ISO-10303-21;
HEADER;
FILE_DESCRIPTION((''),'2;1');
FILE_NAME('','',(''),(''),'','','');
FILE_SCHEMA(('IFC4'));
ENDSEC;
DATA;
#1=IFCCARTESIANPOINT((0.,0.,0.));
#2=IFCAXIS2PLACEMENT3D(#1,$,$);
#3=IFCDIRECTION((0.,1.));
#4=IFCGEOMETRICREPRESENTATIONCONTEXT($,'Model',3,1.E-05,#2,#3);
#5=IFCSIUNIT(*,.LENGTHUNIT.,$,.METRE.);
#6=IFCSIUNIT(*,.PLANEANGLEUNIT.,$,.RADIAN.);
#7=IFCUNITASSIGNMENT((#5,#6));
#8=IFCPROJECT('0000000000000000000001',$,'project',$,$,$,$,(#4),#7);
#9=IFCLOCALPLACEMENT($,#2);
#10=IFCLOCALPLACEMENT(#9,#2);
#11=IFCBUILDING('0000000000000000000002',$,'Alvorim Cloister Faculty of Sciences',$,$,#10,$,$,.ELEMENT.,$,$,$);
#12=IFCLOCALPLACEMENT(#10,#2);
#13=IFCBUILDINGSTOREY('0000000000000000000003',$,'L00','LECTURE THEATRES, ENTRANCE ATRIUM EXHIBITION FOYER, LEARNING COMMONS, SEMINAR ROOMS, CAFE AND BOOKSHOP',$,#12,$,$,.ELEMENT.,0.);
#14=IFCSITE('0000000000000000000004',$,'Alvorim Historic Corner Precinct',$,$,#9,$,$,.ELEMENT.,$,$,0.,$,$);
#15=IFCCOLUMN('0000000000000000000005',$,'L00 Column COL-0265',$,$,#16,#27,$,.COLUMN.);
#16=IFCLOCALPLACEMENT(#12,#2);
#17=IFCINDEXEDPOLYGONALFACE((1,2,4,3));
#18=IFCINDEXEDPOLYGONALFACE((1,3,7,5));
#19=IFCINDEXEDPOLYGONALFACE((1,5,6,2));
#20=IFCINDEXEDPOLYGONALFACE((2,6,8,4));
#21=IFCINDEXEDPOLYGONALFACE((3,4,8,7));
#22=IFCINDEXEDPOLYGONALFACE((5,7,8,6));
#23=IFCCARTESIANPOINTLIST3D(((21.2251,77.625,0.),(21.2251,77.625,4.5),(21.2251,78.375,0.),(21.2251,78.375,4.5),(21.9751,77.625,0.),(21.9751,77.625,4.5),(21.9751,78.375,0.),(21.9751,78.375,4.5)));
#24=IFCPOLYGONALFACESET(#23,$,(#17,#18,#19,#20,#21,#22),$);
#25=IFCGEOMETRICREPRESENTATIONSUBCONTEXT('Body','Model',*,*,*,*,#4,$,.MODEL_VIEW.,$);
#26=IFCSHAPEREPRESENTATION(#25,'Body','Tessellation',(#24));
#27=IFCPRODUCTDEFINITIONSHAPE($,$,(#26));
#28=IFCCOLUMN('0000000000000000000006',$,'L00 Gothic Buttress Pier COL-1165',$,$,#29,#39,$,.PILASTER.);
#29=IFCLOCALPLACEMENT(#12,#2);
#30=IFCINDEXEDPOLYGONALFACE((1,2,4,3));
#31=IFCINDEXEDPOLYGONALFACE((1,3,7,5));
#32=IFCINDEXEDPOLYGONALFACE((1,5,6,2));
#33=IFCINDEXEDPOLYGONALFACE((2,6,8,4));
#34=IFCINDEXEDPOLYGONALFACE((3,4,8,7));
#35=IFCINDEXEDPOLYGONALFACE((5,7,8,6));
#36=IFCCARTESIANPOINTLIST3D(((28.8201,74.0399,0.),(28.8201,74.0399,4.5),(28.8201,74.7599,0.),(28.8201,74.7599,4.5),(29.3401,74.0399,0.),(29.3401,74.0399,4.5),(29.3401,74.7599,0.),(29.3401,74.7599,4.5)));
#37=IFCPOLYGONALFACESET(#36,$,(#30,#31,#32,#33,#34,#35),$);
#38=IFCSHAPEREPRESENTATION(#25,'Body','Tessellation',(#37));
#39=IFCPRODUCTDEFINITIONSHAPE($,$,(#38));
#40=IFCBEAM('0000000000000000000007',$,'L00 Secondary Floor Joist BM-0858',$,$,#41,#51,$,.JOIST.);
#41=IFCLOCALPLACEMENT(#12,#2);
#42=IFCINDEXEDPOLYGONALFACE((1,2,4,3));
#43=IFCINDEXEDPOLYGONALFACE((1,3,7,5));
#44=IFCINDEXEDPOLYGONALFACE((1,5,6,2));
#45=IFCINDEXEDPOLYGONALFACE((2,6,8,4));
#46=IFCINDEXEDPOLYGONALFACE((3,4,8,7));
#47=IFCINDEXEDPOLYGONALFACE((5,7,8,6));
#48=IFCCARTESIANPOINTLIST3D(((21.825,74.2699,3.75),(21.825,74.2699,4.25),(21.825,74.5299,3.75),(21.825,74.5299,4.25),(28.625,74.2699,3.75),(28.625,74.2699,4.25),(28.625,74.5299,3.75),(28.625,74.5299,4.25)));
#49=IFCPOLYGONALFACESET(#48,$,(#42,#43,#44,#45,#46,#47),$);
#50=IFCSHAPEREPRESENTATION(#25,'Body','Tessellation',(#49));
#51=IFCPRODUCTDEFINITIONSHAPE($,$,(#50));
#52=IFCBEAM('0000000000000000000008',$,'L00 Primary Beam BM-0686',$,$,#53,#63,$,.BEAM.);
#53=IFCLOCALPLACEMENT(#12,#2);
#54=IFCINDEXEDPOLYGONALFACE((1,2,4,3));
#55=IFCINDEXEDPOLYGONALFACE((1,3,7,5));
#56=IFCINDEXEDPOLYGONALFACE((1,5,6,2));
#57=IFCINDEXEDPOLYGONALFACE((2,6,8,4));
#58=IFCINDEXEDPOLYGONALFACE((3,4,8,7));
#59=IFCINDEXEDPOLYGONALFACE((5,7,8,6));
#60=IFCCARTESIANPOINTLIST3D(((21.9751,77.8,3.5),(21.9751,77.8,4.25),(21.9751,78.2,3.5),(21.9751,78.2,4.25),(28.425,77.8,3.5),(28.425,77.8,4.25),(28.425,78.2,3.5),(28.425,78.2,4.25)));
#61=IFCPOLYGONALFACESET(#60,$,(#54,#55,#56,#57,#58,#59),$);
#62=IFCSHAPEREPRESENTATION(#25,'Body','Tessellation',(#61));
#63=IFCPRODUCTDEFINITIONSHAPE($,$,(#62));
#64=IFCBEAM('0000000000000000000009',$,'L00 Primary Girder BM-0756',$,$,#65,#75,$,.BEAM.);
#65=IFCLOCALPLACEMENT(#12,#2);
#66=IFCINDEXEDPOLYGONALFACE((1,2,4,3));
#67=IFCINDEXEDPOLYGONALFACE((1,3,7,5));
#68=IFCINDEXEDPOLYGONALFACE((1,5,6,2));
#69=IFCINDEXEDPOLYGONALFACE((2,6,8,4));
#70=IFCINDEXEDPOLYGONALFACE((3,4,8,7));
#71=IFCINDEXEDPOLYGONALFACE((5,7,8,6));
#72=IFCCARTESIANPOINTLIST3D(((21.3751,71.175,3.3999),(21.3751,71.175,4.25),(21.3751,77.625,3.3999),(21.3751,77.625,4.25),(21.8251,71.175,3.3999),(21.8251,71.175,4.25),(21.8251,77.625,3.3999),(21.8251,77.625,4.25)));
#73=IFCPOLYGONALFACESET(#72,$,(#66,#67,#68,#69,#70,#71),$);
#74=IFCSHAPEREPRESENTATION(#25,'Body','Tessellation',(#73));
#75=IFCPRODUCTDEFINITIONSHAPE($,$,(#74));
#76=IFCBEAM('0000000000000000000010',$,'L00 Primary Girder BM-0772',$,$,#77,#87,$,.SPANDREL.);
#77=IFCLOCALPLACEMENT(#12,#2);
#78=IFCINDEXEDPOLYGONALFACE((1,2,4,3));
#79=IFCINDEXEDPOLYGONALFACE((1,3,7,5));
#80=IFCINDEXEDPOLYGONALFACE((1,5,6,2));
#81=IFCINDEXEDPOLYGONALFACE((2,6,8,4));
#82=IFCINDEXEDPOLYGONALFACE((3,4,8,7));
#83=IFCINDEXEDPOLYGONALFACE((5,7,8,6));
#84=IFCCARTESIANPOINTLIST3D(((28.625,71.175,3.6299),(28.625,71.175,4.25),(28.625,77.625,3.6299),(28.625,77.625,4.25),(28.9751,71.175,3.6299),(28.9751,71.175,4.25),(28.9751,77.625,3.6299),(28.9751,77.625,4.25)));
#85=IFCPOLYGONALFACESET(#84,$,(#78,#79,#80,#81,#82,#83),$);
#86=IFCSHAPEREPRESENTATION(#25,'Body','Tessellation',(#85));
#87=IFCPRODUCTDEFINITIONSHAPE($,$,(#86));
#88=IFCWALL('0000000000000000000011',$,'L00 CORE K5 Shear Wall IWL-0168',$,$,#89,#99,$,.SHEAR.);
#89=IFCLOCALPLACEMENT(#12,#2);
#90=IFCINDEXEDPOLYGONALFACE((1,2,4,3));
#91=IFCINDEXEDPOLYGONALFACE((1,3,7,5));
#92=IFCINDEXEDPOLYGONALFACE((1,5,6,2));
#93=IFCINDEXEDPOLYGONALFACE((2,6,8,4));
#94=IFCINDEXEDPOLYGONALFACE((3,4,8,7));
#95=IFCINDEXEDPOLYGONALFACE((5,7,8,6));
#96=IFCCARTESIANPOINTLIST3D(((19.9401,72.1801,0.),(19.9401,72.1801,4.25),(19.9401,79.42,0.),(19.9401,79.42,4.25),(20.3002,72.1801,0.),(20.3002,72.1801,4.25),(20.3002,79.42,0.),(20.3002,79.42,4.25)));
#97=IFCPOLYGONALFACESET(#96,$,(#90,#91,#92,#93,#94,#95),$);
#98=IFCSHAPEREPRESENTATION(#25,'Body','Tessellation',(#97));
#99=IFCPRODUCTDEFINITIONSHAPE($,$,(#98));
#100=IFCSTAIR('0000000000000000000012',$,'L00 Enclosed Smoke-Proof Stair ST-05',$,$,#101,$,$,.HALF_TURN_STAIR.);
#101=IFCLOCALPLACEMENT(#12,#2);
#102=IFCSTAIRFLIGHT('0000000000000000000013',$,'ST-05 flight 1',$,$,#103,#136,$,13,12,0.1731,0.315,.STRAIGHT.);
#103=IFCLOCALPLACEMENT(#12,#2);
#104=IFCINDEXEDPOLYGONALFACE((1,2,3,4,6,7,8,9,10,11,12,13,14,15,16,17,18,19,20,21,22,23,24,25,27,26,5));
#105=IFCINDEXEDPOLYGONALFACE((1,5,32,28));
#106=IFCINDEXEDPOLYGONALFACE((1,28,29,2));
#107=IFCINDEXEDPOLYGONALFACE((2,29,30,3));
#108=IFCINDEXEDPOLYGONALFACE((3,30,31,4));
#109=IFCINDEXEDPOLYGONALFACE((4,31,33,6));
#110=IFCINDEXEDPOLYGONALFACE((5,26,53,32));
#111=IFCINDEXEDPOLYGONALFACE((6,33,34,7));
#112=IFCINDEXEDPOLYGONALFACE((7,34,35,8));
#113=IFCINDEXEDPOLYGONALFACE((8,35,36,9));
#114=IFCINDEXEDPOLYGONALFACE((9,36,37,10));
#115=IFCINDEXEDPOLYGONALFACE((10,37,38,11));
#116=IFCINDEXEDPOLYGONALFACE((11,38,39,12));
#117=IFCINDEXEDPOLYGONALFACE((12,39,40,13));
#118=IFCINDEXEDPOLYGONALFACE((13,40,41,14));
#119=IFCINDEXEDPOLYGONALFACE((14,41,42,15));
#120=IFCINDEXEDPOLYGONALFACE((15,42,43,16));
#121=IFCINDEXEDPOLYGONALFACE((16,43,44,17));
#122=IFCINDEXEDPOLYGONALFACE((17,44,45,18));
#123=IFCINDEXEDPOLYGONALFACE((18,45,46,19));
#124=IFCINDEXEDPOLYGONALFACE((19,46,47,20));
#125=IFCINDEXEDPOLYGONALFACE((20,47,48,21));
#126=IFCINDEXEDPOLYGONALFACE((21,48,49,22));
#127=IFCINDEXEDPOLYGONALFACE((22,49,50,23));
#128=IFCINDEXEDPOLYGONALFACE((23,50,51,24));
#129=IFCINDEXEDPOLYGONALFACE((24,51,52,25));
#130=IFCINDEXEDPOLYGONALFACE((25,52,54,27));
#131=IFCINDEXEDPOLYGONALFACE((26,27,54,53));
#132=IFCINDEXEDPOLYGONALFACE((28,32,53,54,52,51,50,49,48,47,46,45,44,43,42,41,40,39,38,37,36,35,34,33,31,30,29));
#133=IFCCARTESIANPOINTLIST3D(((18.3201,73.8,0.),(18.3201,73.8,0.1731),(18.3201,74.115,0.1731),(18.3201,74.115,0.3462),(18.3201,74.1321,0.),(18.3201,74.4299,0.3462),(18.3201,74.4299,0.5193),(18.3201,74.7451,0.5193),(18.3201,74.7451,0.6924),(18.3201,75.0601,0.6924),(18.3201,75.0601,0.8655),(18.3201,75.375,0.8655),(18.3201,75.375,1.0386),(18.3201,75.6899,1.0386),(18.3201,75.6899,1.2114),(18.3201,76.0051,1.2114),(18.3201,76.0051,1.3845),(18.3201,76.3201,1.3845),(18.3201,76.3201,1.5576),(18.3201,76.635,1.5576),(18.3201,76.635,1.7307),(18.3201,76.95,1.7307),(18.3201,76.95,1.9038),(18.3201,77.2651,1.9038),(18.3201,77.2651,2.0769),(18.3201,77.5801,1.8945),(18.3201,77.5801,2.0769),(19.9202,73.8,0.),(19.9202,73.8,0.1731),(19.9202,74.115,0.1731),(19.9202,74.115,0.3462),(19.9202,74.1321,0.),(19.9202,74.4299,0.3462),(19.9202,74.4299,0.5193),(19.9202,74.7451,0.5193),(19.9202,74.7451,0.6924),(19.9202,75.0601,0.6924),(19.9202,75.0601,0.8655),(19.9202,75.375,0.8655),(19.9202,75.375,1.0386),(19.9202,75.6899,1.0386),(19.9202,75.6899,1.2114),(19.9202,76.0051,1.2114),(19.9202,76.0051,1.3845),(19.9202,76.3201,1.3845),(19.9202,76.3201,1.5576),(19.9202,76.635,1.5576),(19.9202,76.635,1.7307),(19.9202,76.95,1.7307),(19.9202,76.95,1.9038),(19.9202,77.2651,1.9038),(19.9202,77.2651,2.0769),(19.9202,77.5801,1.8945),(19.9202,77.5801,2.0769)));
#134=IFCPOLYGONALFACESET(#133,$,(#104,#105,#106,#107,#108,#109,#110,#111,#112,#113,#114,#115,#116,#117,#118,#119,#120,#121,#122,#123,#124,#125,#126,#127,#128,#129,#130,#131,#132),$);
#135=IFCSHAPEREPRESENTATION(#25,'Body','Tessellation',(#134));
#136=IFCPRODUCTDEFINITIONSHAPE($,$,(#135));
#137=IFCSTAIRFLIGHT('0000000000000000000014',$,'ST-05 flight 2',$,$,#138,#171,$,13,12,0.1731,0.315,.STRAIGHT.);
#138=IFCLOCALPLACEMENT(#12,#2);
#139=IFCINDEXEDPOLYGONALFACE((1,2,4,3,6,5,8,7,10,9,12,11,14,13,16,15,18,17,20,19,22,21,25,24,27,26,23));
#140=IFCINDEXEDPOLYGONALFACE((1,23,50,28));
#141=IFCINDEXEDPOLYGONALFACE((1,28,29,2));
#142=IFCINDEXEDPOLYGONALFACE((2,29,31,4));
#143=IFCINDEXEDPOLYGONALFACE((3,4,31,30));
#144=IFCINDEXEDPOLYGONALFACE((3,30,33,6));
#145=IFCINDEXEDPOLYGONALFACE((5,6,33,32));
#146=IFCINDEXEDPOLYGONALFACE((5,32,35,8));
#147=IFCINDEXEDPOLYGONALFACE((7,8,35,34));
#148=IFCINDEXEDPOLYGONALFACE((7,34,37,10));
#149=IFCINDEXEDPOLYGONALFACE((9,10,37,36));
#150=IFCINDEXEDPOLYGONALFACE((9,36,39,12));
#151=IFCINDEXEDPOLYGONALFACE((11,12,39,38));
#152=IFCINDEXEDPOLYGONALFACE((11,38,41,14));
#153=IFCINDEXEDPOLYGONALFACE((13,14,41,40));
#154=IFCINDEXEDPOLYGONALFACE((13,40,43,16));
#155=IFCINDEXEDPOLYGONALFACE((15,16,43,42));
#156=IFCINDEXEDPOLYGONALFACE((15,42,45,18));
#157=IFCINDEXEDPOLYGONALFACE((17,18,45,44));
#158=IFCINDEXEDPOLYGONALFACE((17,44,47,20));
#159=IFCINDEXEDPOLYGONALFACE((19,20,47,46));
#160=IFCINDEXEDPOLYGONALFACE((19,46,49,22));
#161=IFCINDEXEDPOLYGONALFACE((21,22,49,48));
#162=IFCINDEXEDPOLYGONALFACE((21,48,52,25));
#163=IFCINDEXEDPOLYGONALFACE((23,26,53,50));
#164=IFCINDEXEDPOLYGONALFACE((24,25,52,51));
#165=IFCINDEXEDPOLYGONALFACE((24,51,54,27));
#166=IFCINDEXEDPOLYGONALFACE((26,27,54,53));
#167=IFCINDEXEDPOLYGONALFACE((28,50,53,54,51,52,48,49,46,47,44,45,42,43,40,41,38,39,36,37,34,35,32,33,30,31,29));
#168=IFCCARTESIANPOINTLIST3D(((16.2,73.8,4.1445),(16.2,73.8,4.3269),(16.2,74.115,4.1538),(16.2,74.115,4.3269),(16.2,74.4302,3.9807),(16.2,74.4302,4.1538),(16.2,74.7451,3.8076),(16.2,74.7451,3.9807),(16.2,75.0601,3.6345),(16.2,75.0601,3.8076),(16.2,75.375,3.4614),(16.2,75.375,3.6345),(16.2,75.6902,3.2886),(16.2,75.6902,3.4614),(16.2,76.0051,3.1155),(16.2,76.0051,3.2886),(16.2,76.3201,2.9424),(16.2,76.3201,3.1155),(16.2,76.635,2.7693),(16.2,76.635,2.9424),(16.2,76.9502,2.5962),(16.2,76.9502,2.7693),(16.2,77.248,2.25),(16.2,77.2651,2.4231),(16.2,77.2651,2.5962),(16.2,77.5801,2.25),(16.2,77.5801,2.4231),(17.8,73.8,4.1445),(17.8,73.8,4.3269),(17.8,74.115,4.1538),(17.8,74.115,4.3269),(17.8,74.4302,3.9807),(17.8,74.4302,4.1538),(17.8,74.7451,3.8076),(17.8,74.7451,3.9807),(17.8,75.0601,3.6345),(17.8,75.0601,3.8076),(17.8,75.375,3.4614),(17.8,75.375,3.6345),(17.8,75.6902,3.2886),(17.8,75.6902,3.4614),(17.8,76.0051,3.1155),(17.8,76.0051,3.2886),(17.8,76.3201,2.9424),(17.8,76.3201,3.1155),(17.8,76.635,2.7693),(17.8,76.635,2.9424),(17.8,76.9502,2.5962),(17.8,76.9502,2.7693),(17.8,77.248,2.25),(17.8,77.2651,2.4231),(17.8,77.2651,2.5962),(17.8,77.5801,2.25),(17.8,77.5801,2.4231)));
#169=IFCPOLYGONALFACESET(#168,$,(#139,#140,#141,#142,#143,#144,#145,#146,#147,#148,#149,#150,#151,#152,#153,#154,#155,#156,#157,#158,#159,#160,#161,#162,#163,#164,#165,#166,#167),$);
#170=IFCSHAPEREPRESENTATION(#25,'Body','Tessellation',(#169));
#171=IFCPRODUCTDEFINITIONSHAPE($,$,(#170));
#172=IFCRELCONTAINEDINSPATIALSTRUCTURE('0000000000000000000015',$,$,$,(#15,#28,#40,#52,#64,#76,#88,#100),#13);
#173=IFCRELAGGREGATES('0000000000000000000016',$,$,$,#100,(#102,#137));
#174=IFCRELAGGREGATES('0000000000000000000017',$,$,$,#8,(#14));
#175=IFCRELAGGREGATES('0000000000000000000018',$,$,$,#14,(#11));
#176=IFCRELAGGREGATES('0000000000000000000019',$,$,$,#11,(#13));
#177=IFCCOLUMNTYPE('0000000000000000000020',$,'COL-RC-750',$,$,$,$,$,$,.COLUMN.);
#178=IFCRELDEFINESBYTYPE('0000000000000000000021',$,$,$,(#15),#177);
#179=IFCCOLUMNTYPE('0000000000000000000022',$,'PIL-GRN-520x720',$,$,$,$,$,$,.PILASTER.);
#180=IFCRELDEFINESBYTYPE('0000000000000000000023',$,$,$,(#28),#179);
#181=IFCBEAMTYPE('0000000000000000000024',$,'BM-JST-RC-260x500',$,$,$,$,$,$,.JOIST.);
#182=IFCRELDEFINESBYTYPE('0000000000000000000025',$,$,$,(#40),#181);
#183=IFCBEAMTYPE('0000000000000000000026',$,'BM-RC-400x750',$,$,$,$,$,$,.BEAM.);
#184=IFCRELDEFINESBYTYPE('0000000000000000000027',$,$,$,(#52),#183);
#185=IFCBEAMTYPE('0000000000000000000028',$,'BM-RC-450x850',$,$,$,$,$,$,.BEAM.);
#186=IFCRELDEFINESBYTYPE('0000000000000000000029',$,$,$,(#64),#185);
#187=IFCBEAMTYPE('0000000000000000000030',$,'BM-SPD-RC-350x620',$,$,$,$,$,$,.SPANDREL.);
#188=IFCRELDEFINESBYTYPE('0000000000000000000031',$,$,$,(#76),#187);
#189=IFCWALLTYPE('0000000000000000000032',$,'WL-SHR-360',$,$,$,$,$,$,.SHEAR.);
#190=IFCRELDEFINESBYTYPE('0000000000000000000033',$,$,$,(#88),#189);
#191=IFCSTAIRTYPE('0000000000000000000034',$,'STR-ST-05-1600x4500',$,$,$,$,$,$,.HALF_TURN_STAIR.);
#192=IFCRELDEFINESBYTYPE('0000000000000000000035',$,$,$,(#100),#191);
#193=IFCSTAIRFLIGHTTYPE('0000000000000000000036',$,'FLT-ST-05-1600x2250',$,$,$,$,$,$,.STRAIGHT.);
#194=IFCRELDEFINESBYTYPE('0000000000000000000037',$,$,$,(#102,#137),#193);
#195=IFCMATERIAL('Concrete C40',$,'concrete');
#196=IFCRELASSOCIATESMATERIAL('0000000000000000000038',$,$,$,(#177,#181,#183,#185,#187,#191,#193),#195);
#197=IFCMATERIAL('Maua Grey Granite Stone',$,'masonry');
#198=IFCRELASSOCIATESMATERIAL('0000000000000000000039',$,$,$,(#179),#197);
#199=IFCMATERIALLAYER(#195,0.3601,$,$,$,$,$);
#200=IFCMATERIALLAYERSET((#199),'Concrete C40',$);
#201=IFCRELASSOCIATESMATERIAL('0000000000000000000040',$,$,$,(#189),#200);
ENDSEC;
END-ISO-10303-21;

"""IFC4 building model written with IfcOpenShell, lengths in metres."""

from ifc_helpers import new_model, si_unit, direction, frame, frame_2d, origin, origin_2d, place, context, subcontext, project, spatial, polyline, rectangle, outline, extrude, material, layer, layer_set, material_profile, profile_set, type_object, element, aggregate, save


model = new_model("IFC4")

# Units and contexts
model_context = context("Model", 3, precision=1e-05, world=origin(), true_north=direction((0.0, 1.0)))
body_context = subcontext(model_context, "Body", "Model", "MODEL_VIEW")
ifc_project = project(units=[si_unit("LENGTHUNIT", "METRE"), si_unit("PLANEANGLEUNIT", "RADIAN")], contexts=[model_context])

# Site, building, storey
site_placement = place(None, origin())
site = spatial("IfcSite", under=ifc_project, at=site_placement, Name="Alvorim Historic Corner Precinct", CompositionType="ELEMENT", RefElevation=0.0)
building_placement = place(site_placement, origin())
building = spatial("IfcBuilding", under=site, at=building_placement, Name="Alvorim Cloister Faculty of Sciences", CompositionType="ELEMENT")
storey_placement = place(building_placement, origin())
storey = spatial("IfcBuildingStorey", under=building, at=storey_placement, Name="L00", Description="LECTURE THEATRES, ENTRANCE ATRIUM EXHIBITION FOYER, LEARNING COMMONS, SEMINAR ROOMS, CAFE AND BOOKSHOP", CompositionType="ELEMENT", Elevation=0.0)

# Columns
ifc_material_1 = material(Name="Concrete C40", Category="concrete")
ifc_material_profile_1 = material_profile(ifc_material_1, rectangle(XDim=0.75, YDim=0.75, at=origin_2d()), Name="RC40-COL-750x750")
ifc_profile_set_1 = profile_set([ifc_material_profile_1], Name="Concrete C40")
column_type_1 = type_object("IfcColumnType", Name="COL-RC-750", PredefinedType="COLUMN", material=ifc_profile_set_1)
column_1_placement = place(storey_placement, frame((21.6001, 78.0, 0.0), z_axis=(0.0, 0.0, 1.0), x_axis=(1.0, 0.0, 0.0)))
element("IfcColumn", 1, at=column_1_placement, inside=storey, type_object=column_type_1, Name="L00 Column COL-0265", PredefinedType="COLUMN", context=body_context, shape_type="SweptSolid", body=[
    extrude(rectangle(XDim=0.75, YDim=0.75, at=origin_2d()), origin(), (0.0, 0.0, 1.0), 4.5),
])
ifc_material_2 = material(Name="Maua Grey Granite Stone", Category="masonry")
ifc_material_profile_2 = material_profile(ifc_material_2, rectangle(XDim=0.52, YDim=0.72, at=origin_2d()), Name="GRN-PIER-520x720")
ifc_profile_set_2 = profile_set([ifc_material_profile_2], Name="Maua Grey Granite Stone")
column_type_2 = type_object("IfcColumnType", Name="PIL-GRN-520x720", PredefinedType="PILASTER", material=ifc_profile_set_2)
column_2_placement = place(storey_placement, frame((29.0801, 74.3999, 0.0), z_axis=(0.0, 0.0, 1.0), x_axis=(1.0, 0.0, 0.0)))
element("IfcColumn", 2, at=column_2_placement, inside=storey, type_object=column_type_2, Name="L00 Gothic Buttress Pier COL-1165", PredefinedType="PILASTER", context=body_context, shape_type="SweptSolid", body=[
    extrude(rectangle(XDim=0.52, YDim=0.72, at=origin_2d()), origin(), (0.0, 0.0, 1.0), 4.5),
])

# Beams
ifc_material_profile_3 = material_profile(ifc_material_1, rectangle(XDim=0.26, YDim=0.5, at=origin_2d()), Name="RC40-JST-260x500")
ifc_profile_set_3 = profile_set([ifc_material_profile_3], Name="Concrete C40")
beam_type_1 = type_object("IfcBeamType", Name="BM-JST-RC-260x500", PredefinedType="JOIST", material=ifc_profile_set_3)
beam_1_placement = place(storey_placement, frame((21.825, 74.3999, 4.0), z_axis=(1.0, 0.0, 0.0), x_axis=(0.0, 1.0, 0.0)))
element("IfcBeam", 3, at=beam_1_placement, inside=storey, type_object=beam_type_1, Name="L00 Secondary Floor Joist BM-0858", PredefinedType="JOIST", context=body_context, shape_type="SweptSolid", body=[
    extrude(rectangle(XDim=0.26, YDim=0.5, at=origin_2d()), origin(), (0.0, 0.0, 1.0), 6.8),
])
ifc_material_profile_4 = material_profile(ifc_material_1, rectangle(XDim=0.3999, YDim=0.75, at=origin_2d()), Name="RC40-BM-400x750")
ifc_profile_set_4 = profile_set([ifc_material_profile_4], Name="Concrete C40")
beam_type_2 = type_object("IfcBeamType", Name="BM-RC-400x750", PredefinedType="BEAM", material=ifc_profile_set_4)
beam_2_placement = place(storey_placement, frame((21.9751, 78.0, 3.875), z_axis=(1.0, 0.0, 0.0), x_axis=(0.0, 1.0, 0.0)))
element("IfcBeam", 4, at=beam_2_placement, inside=storey, type_object=beam_type_2, Name="L00 Primary Beam BM-0686", PredefinedType="BEAM", context=body_context, shape_type="SweptSolid", body=[
    extrude(rectangle(XDim=0.3999, YDim=0.75, at=origin_2d()), origin(), (0.0, 0.0, 1.0), 6.45),
])
ifc_material_profile_5 = material_profile(ifc_material_1, rectangle(XDim=0.45, YDim=0.8501, at=origin_2d()), Name="RC40-BM-450x850")
ifc_profile_set_5 = profile_set([ifc_material_profile_5], Name="Concrete C40")
beam_type_3 = type_object("IfcBeamType", Name="BM-RC-450x850", PredefinedType="BEAM", material=ifc_profile_set_5)
beam_3_placement = place(storey_placement, frame((21.6001, 71.175, 3.825), z_axis=(0.0, 1.0, 0.0), x_axis=(-1.0, 0.0, 0.0)))
element("IfcBeam", 5, at=beam_3_placement, inside=storey, type_object=beam_type_3, Name="L00 Primary Girder BM-0756", PredefinedType="BEAM", context=body_context, shape_type="SweptSolid", body=[
    extrude(rectangle(XDim=0.45, YDim=0.8501, at=origin_2d()), origin(), (0.0, 0.0, 1.0), 6.45),
])
ifc_material_profile_6 = material_profile(ifc_material_1, rectangle(XDim=0.3501, YDim=0.6201, at=origin_2d()), Name="RC40-SPD-350x620")
ifc_profile_set_6 = profile_set([ifc_material_profile_6], Name="Concrete C40")
beam_type_4 = type_object("IfcBeamType", Name="BM-SPD-RC-350x620", PredefinedType="SPANDREL", material=ifc_profile_set_6)
beam_4_placement = place(storey_placement, frame((28.8, 71.175, 3.9399), z_axis=(0.0, 1.0, 0.0), x_axis=(-1.0, 0.0, 0.0)))
element("IfcBeam", 6, at=beam_4_placement, inside=storey, type_object=beam_type_4, Name="L00 Primary Girder BM-0772", PredefinedType="SPANDREL", context=body_context, shape_type="SweptSolid", body=[
    extrude(rectangle(XDim=0.3501, YDim=0.6201, at=origin_2d()), origin(), (0.0, 0.0, 1.0), 6.45),
])

# Wall
ifc_layer_1 = layer(ifc_material_1, 0.3601)
ifc_layer_set_1 = layer_set([ifc_layer_1], Name="Concrete C40")
wall_type = type_object("IfcWallType", Name="WL-SHR-360", PredefinedType="SHEAR", material=ifc_layer_set_1)
wall_placement = place(storey_placement, frame((20.1201, 72.1799, 0.0), z_axis=(0.0, 0.0, 1.0), x_axis=(0.0, 1.0, 0.0)))
element("IfcWall", 7, at=wall_placement, inside=storey, type_object=wall_type, Name="L00 CORE K5 Shear Wall IWL-0168", PredefinedType="SHEAR", context=body_context, shape_type="SweptSolid", body=[
    extrude(rectangle(XDim=7.24, YDim=0.3601, at=frame_2d((3.6201, 0.0))), origin(), (0.0, 0.0, 1.0), 4.25),
])

# Stair, stair flights
stair_type = type_object("IfcStairType", Name="STR-ST-05-1600x4500", PredefinedType="HALF_TURN_STAIR", material=ifc_material_1)
stair_placement = place(storey_placement, origin())
stair = element("IfcStair", 8, at=stair_placement, inside=storey, type_object=stair_type, Name="L00 Enclosed Smoke-Proof Stair ST-05", PredefinedType="HALF_TURN_STAIR")
stair_flight_type = type_object("IfcStairFlightType", Name="FLT-ST-05-1600x2250", PredefinedType="STRAIGHT", material=ifc_material_1)
stair_flight_1_placement = place(storey_placement, frame((19.1201, 73.8, 0.0), z_axis=(0.0, 0.0, 1.0), x_axis=(0.0, 1.0, 0.0)))
stair_flight_1 = element("IfcStairFlight", 9, at=stair_flight_1_placement, type_object=stair_flight_type, Name="ST-05 flight 1", NumberOfRisers=13, NumberOfTreads=12, PredefinedType="STRAIGHT", RiserHeight=0.1731, TreadLength=0.315, context=body_context, shape_type="SweptSolid", body=[
    extrude(outline(polyline([(0.332, 0.0), (3.78, 1.8945), (3.78, 2.25), (3.78, 2.0769), (3.4651, 2.0769), (3.4651, 1.9038), (3.1499, 1.9038), (3.1499, 1.7307), (2.835, 1.7307), (2.835, 1.5576), (2.52, 1.5576), (2.52, 1.3845), (2.2051, 1.3845), (2.2051, 1.2114), (1.8899, 1.2114), (1.8899, 1.0386), (1.575, 1.0386), (1.575, 0.8655), (1.26, 0.8655), (1.26, 0.6924), (0.9451, 0.6924), (0.9451, 0.5193), (0.6299, 0.5193), (0.6299, 0.3462), (0.3149, 0.3462), (0.3149, 0.1731), (0.0, 0.1731), (0.0, 0.0), (0.332, 0.0)])), frame((0.0, 0.8, 0.0), z_axis=(0.0, -1.0, 0.0), x_axis=(1.0, 0.0, 0.0)), (0.0, 0.0, 1.0), 1.6001),
])
stair_flight_2_placement = place(storey_placement, frame((17.0, 77.5801, 2.25), z_axis=(0.0, 0.0, 1.0), x_axis=(0.0, -1.0, 0.0)))
stair_flight_2 = element("IfcStairFlight", 10, at=stair_flight_2_placement, type_object=stair_flight_type, Name="ST-05 flight 2", NumberOfRisers=13, NumberOfTreads=12, PredefinedType="STRAIGHT", RiserHeight=0.1731, TreadLength=0.315, context=body_context, shape_type="SweptSolid", body=[
    extrude(outline(polyline([(0.332, 0.0), (3.78, 1.8945), (3.78, 2.25), (3.78, 2.0769), (3.4651, 2.0769), (3.4651, 1.9038), (3.1499, 1.9038), (3.1499, 1.7307), (2.835, 1.7307), (2.835, 1.5576), (2.52, 1.5576), (2.52, 1.3845), (2.2051, 1.3845), (2.2051, 1.2114), (1.8899, 1.2114), (1.8899, 1.0386), (1.575, 1.0386), (1.575, 0.8655), (1.26, 0.8655), (1.26, 0.6924), (0.9451, 0.6924), (0.9451, 0.5193), (0.6299, 0.5193), (0.6299, 0.3462), (0.3149, 0.3462), (0.3149, 0.1731), (0.0, 0.1731), (0.0, 0.0), (0.332, 0.0)])), frame((0.0, 0.8, 0.0), z_axis=(0.0, -1.0, 0.0), x_axis=(1.0, 0.0, 0.0)), (0.0, 0.0, 1.0), 1.6001),
])
aggregate(stair, [stair_flight_1, stair_flight_2])

save(model, "model.ifc")
